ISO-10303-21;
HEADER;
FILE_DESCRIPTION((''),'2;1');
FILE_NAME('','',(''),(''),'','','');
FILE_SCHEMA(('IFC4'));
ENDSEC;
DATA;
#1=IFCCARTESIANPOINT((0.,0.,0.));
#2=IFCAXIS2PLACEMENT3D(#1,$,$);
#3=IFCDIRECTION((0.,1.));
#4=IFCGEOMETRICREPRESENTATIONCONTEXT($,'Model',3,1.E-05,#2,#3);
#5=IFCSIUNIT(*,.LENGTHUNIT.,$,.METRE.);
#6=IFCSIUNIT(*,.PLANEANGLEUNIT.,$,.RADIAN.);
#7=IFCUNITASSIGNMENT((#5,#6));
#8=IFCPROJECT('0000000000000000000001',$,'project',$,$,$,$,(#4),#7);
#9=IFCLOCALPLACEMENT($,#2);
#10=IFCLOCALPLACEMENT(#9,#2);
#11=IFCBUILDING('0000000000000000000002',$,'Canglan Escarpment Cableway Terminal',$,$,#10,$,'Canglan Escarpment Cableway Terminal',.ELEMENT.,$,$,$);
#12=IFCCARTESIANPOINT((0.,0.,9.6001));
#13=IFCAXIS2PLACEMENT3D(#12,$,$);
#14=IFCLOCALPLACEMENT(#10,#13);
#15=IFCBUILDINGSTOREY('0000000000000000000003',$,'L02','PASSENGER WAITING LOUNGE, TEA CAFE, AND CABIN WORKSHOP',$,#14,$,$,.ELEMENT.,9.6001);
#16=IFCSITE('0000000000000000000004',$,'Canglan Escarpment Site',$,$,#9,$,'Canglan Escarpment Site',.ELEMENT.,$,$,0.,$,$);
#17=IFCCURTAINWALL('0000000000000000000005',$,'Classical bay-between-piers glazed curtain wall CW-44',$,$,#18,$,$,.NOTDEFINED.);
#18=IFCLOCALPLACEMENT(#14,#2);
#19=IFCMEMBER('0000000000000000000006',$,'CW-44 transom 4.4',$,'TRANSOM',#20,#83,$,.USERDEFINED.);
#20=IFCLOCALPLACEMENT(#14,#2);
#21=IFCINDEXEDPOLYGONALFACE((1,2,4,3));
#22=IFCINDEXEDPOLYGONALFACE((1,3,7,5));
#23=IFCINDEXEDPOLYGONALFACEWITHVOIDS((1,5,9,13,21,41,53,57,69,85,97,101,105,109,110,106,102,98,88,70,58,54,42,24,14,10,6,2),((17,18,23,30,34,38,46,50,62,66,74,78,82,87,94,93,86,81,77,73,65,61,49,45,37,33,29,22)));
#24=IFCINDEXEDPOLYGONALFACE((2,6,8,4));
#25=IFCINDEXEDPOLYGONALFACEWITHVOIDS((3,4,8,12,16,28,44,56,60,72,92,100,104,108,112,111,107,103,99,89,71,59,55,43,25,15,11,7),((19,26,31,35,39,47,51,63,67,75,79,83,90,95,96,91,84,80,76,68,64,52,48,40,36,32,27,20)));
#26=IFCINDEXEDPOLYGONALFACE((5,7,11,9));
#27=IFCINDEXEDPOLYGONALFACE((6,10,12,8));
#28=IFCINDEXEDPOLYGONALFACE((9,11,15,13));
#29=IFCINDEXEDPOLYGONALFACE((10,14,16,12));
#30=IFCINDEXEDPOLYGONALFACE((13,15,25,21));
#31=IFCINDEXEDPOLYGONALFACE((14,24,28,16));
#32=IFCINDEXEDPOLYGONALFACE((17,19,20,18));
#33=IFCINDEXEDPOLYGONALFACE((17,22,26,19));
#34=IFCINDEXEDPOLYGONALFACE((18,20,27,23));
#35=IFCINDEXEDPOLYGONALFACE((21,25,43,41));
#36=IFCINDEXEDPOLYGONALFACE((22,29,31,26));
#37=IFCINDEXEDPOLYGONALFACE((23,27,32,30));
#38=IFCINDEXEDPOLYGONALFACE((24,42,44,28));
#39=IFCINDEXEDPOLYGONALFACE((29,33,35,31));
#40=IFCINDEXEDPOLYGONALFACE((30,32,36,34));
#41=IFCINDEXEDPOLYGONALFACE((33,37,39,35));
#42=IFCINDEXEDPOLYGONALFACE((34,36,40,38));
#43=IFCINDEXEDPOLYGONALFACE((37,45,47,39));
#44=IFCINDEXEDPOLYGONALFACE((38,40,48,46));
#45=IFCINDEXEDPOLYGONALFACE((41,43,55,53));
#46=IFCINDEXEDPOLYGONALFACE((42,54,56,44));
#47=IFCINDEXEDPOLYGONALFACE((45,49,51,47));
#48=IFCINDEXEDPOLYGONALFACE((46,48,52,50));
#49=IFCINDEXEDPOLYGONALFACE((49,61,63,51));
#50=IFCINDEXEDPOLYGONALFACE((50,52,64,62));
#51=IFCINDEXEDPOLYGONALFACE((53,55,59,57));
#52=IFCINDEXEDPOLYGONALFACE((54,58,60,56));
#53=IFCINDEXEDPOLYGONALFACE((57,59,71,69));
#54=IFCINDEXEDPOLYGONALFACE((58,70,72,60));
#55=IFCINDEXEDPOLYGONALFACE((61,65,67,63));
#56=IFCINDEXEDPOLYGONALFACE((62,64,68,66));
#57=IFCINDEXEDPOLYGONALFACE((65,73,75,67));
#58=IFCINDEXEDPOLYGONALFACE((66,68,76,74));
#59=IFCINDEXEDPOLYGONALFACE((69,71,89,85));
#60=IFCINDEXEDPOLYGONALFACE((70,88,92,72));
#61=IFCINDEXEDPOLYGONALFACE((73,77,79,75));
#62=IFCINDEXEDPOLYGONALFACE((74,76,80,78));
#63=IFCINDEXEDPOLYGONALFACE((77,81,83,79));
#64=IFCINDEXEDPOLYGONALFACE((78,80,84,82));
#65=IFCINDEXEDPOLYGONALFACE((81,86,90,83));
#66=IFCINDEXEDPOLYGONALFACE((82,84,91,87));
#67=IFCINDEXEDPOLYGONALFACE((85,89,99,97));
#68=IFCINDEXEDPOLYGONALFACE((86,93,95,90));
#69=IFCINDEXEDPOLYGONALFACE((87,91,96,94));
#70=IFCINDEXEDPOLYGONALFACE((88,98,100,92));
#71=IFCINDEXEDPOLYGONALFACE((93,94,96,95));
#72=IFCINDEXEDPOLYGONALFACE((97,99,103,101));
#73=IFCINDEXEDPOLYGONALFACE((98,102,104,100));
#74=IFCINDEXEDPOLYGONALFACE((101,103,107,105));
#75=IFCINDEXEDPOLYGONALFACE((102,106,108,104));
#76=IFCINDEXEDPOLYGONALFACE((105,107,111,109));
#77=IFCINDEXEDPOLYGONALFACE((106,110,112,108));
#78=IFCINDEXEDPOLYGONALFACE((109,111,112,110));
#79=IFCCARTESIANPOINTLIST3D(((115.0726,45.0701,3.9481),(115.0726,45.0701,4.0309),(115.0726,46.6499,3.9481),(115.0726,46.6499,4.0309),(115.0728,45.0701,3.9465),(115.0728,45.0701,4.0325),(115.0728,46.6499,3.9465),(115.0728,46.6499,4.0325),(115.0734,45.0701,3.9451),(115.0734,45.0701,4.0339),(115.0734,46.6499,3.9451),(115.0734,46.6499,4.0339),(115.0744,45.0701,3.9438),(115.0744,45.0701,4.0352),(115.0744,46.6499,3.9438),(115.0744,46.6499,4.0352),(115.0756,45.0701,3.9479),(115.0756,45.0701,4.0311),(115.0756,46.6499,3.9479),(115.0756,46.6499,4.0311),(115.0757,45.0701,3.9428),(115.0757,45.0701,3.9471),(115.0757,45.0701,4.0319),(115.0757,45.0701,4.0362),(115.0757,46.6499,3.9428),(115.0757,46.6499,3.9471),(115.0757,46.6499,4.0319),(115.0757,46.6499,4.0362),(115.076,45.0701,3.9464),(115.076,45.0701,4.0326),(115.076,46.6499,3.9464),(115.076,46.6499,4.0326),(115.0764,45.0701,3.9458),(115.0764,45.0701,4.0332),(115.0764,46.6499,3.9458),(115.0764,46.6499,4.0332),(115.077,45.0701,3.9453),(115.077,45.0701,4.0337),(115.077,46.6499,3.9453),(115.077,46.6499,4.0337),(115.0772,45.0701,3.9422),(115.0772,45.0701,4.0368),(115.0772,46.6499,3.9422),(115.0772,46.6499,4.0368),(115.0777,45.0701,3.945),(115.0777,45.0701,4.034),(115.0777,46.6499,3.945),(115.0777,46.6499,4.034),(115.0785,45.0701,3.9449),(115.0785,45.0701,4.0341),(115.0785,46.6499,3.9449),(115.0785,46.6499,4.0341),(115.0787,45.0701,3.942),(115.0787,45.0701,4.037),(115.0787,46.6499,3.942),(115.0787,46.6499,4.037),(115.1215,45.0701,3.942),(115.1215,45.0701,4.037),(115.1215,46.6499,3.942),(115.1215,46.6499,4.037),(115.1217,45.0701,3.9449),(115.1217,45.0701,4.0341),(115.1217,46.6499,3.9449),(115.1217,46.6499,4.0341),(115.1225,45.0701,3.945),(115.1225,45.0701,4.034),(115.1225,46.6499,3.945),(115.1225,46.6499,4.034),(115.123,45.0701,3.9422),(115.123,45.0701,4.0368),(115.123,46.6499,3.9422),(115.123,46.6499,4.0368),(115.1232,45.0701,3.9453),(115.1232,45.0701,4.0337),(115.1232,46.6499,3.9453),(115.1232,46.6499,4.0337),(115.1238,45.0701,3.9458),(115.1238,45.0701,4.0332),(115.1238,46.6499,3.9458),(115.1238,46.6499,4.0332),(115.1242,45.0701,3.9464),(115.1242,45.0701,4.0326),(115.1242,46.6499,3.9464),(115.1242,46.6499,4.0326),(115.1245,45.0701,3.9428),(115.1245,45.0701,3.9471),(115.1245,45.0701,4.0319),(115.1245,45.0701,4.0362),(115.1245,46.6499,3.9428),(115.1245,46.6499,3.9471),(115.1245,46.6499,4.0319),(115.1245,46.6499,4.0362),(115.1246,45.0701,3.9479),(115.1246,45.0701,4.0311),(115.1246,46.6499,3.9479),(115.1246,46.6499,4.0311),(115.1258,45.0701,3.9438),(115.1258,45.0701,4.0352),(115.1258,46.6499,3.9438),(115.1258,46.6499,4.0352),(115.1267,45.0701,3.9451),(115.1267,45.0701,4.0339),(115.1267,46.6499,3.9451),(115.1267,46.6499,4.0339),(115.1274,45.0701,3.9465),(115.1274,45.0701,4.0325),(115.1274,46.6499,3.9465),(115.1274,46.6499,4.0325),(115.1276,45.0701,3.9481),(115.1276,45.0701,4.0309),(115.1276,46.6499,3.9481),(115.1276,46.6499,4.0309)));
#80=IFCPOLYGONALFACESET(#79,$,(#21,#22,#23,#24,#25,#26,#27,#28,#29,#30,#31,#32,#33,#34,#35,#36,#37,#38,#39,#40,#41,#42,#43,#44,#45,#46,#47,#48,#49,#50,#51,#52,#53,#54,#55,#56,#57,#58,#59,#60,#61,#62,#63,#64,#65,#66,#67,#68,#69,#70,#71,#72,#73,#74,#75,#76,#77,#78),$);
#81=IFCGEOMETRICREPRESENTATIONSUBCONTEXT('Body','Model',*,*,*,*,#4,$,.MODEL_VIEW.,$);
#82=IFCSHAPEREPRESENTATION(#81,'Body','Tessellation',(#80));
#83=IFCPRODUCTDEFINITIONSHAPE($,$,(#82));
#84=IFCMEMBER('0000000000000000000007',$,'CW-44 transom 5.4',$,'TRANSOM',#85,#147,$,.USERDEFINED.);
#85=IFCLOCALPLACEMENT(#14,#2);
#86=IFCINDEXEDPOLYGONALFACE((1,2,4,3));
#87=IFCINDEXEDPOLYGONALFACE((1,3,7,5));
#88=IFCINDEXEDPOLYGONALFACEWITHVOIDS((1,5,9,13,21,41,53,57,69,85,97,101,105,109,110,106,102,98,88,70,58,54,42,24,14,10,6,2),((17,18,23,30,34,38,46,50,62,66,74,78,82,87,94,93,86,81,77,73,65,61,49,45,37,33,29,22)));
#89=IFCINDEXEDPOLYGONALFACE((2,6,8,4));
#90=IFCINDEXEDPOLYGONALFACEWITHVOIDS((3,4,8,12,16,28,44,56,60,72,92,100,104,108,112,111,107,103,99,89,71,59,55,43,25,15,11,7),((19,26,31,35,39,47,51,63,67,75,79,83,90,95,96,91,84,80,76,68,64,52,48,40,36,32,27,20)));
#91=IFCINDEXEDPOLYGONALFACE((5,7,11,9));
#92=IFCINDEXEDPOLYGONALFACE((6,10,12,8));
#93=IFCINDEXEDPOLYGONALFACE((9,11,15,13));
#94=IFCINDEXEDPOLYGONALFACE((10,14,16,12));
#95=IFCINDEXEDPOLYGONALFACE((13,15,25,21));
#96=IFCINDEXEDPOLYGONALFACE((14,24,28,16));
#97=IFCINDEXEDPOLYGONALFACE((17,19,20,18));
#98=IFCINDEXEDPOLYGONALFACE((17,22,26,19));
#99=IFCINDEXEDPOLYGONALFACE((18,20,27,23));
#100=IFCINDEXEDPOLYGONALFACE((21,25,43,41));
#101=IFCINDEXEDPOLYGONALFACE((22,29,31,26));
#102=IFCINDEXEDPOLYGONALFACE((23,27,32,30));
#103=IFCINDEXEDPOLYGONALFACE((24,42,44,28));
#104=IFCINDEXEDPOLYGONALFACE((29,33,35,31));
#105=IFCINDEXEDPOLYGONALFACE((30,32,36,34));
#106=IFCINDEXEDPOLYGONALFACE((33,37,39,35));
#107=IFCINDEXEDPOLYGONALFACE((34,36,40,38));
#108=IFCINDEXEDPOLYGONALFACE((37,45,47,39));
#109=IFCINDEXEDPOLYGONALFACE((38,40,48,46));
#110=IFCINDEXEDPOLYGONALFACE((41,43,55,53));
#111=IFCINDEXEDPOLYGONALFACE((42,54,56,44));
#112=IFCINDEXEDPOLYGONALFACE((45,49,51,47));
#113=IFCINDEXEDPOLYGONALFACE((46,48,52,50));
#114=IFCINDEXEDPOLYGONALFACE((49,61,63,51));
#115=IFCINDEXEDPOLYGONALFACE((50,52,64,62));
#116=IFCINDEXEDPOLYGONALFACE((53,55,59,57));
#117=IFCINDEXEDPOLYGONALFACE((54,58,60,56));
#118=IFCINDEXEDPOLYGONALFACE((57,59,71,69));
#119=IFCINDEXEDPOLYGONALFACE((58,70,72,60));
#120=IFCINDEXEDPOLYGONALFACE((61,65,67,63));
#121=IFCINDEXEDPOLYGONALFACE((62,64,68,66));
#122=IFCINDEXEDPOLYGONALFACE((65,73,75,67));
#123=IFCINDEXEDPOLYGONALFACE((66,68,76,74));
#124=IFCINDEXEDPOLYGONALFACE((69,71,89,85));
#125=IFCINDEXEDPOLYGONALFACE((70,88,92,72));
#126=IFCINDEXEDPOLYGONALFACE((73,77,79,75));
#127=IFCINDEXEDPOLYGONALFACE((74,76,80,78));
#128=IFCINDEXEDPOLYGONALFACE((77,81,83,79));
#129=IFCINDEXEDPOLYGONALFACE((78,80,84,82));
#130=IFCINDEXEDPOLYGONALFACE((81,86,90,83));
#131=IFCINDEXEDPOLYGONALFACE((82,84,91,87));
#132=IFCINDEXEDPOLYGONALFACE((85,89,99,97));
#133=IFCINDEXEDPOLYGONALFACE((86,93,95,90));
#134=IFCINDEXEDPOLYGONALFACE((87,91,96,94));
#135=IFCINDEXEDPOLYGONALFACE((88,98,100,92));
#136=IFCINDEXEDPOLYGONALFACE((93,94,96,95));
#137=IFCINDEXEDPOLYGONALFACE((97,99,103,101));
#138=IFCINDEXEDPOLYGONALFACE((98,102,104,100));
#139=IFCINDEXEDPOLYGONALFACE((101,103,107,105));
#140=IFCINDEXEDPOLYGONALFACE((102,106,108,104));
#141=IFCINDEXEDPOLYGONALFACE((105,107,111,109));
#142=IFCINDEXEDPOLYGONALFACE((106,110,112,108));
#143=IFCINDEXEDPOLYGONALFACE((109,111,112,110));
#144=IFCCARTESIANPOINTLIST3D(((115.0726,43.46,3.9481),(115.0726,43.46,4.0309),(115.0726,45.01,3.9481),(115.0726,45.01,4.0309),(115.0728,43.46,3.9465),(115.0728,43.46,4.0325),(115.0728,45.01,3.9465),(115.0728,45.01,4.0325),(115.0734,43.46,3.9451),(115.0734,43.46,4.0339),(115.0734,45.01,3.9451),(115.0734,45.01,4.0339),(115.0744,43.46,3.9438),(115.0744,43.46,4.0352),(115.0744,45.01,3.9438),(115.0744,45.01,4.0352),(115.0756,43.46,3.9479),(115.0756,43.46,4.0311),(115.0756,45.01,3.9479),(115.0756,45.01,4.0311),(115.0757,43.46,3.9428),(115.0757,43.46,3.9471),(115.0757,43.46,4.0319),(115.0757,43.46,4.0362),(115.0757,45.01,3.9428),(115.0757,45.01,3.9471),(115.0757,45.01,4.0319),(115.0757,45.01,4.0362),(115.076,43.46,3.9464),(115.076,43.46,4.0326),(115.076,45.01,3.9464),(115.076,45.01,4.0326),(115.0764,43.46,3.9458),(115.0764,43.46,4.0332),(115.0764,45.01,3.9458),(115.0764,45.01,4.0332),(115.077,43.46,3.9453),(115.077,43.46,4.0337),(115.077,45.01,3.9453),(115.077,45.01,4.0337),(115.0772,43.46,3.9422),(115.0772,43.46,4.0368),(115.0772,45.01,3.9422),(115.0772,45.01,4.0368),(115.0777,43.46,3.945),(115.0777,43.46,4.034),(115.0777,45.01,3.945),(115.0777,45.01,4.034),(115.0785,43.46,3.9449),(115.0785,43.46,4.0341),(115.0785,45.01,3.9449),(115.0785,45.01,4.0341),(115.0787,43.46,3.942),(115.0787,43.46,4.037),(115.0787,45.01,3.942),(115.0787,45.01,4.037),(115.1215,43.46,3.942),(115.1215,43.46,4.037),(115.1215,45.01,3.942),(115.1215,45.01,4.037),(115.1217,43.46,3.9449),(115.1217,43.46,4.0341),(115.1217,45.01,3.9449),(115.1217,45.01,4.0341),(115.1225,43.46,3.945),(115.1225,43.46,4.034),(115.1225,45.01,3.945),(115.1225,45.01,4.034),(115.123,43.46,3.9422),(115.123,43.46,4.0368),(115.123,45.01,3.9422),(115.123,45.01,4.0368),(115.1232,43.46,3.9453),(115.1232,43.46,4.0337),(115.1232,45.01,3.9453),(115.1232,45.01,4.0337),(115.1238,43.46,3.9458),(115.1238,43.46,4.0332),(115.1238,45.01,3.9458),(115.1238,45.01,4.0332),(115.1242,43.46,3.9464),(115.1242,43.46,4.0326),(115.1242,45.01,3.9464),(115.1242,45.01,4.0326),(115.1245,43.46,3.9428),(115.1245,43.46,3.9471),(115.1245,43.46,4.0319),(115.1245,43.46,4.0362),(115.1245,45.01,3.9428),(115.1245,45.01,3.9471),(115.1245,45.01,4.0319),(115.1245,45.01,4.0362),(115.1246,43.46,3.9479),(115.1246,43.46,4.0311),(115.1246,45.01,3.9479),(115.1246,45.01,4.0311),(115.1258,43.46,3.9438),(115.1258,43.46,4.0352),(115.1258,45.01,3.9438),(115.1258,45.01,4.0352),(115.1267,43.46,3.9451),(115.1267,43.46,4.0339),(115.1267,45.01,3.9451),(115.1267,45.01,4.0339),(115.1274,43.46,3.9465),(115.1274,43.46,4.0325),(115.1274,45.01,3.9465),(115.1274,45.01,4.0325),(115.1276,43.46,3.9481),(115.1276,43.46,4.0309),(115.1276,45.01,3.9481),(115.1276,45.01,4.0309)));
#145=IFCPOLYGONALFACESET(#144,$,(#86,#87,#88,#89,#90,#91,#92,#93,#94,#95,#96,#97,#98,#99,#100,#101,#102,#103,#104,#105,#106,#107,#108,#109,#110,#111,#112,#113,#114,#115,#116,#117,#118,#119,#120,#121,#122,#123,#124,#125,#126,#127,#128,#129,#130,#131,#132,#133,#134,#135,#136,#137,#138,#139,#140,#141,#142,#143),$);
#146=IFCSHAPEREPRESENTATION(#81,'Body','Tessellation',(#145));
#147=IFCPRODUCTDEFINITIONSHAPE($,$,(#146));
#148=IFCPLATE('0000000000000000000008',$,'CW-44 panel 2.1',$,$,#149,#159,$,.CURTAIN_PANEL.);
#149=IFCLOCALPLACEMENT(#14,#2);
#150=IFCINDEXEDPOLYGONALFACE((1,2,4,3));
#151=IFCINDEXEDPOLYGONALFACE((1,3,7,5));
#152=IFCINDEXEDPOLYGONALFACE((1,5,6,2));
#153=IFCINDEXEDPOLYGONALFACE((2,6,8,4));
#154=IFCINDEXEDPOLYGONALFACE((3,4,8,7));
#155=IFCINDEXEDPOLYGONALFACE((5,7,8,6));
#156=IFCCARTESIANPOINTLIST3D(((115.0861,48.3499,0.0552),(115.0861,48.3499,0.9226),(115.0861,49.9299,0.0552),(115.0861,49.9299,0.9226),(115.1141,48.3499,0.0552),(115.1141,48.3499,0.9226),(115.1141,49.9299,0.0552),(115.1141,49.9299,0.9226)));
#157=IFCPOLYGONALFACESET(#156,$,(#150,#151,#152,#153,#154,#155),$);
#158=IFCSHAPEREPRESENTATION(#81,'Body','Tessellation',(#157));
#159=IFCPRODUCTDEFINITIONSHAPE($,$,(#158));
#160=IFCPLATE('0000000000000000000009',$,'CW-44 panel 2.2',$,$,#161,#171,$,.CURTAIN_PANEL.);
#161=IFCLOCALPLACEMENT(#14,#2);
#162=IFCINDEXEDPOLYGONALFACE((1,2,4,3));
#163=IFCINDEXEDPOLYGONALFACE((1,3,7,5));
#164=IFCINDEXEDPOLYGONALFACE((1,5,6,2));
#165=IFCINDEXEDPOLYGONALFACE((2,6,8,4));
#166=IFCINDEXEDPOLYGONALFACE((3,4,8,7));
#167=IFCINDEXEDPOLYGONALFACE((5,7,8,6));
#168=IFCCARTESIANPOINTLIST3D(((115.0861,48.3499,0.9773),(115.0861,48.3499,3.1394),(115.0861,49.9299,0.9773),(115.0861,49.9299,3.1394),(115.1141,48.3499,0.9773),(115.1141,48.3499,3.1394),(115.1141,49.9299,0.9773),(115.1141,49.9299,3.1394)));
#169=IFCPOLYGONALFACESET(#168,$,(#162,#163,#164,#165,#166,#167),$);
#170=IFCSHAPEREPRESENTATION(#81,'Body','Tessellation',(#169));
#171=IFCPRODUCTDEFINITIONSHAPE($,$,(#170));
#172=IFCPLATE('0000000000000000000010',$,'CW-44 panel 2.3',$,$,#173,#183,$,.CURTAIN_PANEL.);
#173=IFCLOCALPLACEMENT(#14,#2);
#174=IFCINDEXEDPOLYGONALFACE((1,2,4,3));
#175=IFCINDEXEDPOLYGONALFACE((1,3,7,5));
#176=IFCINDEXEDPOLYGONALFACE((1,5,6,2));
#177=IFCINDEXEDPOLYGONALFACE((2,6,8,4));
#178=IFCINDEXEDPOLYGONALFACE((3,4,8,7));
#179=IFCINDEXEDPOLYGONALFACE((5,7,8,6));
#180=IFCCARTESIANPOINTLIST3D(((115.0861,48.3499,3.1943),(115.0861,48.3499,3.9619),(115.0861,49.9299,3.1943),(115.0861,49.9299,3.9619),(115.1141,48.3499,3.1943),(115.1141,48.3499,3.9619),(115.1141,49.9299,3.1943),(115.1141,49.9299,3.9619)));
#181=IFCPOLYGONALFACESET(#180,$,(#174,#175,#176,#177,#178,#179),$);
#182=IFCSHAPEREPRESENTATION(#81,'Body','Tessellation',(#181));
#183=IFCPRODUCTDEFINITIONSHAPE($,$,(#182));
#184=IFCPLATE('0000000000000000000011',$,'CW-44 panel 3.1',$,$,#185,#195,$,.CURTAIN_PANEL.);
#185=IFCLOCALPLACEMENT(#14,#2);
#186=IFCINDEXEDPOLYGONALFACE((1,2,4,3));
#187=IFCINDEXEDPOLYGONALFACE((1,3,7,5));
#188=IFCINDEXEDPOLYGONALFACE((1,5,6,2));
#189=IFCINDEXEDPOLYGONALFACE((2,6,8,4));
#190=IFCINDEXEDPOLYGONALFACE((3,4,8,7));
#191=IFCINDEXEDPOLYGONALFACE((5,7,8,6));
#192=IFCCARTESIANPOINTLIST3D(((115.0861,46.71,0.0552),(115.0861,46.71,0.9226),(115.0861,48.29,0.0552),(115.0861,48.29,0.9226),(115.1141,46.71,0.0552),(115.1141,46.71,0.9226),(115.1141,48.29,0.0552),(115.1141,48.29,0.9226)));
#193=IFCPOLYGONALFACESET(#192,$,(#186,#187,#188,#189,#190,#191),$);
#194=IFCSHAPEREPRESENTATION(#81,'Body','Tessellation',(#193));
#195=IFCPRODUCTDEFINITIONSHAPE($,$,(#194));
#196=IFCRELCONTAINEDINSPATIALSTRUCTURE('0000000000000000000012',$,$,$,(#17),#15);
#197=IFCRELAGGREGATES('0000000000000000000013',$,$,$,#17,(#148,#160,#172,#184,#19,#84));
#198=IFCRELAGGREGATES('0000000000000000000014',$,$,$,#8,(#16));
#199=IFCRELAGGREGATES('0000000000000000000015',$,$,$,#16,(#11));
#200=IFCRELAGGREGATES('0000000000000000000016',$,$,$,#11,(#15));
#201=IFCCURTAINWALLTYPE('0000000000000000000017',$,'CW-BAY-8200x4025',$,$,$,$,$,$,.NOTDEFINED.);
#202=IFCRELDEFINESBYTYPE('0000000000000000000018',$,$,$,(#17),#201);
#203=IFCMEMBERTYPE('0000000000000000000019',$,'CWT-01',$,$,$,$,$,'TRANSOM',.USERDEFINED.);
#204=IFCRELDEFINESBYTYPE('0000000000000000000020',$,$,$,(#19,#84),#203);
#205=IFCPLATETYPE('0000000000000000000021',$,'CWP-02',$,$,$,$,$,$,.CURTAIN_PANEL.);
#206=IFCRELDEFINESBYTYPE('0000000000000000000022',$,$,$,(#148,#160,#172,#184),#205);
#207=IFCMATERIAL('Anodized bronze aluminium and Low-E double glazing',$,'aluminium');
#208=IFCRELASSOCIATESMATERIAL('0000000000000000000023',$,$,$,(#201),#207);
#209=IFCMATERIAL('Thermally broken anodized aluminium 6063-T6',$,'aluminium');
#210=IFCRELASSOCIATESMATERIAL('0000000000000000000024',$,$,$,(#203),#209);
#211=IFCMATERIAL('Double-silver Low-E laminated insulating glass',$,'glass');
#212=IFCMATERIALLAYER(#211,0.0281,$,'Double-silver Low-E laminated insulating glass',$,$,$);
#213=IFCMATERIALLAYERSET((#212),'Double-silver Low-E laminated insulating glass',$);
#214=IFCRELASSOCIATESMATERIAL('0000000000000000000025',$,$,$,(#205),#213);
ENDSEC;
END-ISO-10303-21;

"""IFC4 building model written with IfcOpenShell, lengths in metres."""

from ifc_helpers import new_model, si_unit, direction, frame, origin, origin_2d, place, context, subcontext, project, spatial, rectangle, hollow_rectangle, extrude, material, layer, layer_set, material_profile, profile_set, type_object, element, aggregate, save


model = new_model("IFC4")

# Units and contexts
model_context = context("Model", 3, precision=1e-05, world=origin(), true_north=direction((0.0, 1.0)))
body_context = subcontext(model_context, "Body", "Model", "MODEL_VIEW")
ifc_project = project(units=[si_unit("LENGTHUNIT", "METRE"), si_unit("PLANEANGLEUNIT", "RADIAN")], contexts=[model_context])

# Site, building, storey
site_placement = place(None, origin())
site = spatial("IfcSite", under=ifc_project, at=site_placement, Name="Canglan Escarpment Site", LongName="Canglan Escarpment Site", CompositionType="ELEMENT", RefElevation=0.0)
building_placement = place(site_placement, origin())
building = spatial("IfcBuilding", under=site, at=building_placement, Name="Canglan Escarpment Cableway Terminal", LongName="Canglan Escarpment Cableway Terminal", CompositionType="ELEMENT")
storey_placement = place(building_placement, frame((0.0, 0.0, 9.6001)))
storey = spatial("IfcBuildingStorey", under=building, at=storey_placement, Name="L02", Description="PASSENGER WAITING LOUNGE, TEA CAFE, AND CABIN WORKSHOP", CompositionType="ELEMENT", Elevation=9.6001)

# Curtain wall, members, plates
ifc_material_1 = material(Name="Anodized bronze aluminium and Low-E double glazing", Category="aluminium")
curtain_wall_type = type_object("IfcCurtainWallType", Name="CW-BAY-8200x4025", PredefinedType="NOTDEFINED", material=ifc_material_1)
curtain_wall_placement = place(storey_placement, origin())
curtain_wall = element("IfcCurtainWall", 1, at=curtain_wall_placement, inside=storey, type_object=curtain_wall_type, Name="Classical bay-between-piers glazed curtain wall CW-44", PredefinedType="NOTDEFINED")
ifc_material_2 = material(Name="Thermally broken anodized aluminium 6063-T6", Category="aluminium")
ifc_material_profile_1 = material_profile(ifc_material_2, hollow_rectangle(XDim=0.0549, YDim=0.095, WallThickness=0.0029, InnerFilletRadius=0.0029, OuterFilletRadius=0.0061, at=origin_2d()), Name="ALU-TRAN 55x95x3")
ifc_profile_set_1 = profile_set([ifc_material_profile_1], Name="Thermally broken anodized aluminium 6063-T6")
member_type_1 = type_object("IfcMemberType", Name="CWT-01", ElementType="TRANSOM", PredefinedType="USERDEFINED", material=ifc_profile_set_1)
member_1_placement = place(storey_placement, frame((115.1001, 46.6499, 3.9895), z_axis=(0.0, -1.0, 0.0), x_axis=(1.0, 0.0, 0.0)))
member_1 = element("IfcMember", 2, at=member_1_placement, type_object=member_type_1, Name="CW-44 transom 4.4", ObjectType="TRANSOM", PredefinedType="USERDEFINED", context=body_context, shape_type="SweptSolid", body=[
    extrude(hollow_rectangle(XDim=0.0549, YDim=0.095, WallThickness=0.0029, InnerFilletRadius=0.0029, OuterFilletRadius=0.0061, at=origin_2d()), origin(), (0.0, 0.0, 1.0), 1.5798),
])
member_2_placement = place(storey_placement, frame((115.1001, 45.01, 3.9895), z_axis=(0.0, -1.0, 0.0), x_axis=(1.0, 0.0, 0.0)))
member_2 = element("IfcMember", 3, at=member_2_placement, type_object=member_type_1, Name="CW-44 transom 5.4", ObjectType="TRANSOM", PredefinedType="USERDEFINED", context=body_context, shape_type="SweptSolid", body=[
    extrude(hollow_rectangle(XDim=0.0549, YDim=0.095, WallThickness=0.0029, InnerFilletRadius=0.0029, OuterFilletRadius=0.0061, at=origin_2d()), origin(), (0.0, 0.0, 1.0), 1.55),
])
ifc_material_3 = material(Name="Double-silver Low-E laminated insulating glass", Category="glass")
ifc_layer_1 = layer(ifc_material_3, 0.0281, Name="Double-silver Low-E laminated insulating glass")
ifc_layer_set_1 = layer_set([ifc_layer_1], Name="Double-silver Low-E laminated insulating glass")
plate_type = type_object("IfcPlateType", Name="CWP-02", PredefinedType="CURTAIN_PANEL", material=ifc_layer_set_1)
plate_1_placement = place(storey_placement, frame((115.1001, 49.1399, 0.0552), z_axis=(0.0, 0.0, 1.0), x_axis=(0.0, -1.0, 0.0)))
plate_1 = element("IfcPlate", 4, at=plate_1_placement, type_object=plate_type, Name="CW-44 panel 2.1", PredefinedType="CURTAIN_PANEL", context=body_context, shape_type="SweptSolid", body=[
    extrude(rectangle(XDim=1.5801, YDim=0.0281, at=origin_2d()), origin(), (0.0, 0.0, 1.0), 0.8674),
])
plate_2_placement = place(storey_placement, frame((115.1001, 49.1399, 0.9773), z_axis=(0.0, 0.0, 1.0), x_axis=(0.0, -1.0, 0.0)))
plate_2 = element("IfcPlate", 5, at=plate_2_placement, type_object=plate_type, Name="CW-44 panel 2.2", PredefinedType="CURTAIN_PANEL", context=body_context, shape_type="SweptSolid", body=[
    extrude(rectangle(XDim=1.5801, YDim=0.0281, at=origin_2d()), origin(), (0.0, 0.0, 1.0), 2.1621),
])
plate_3_placement = place(storey_placement, frame((115.1001, 49.1399, 3.1943), z_axis=(0.0, 0.0, 1.0), x_axis=(0.0, -1.0, 0.0)))
plate_3 = element("IfcPlate", 6, at=plate_3_placement, type_object=plate_type, Name="CW-44 panel 2.3", PredefinedType="CURTAIN_PANEL", context=body_context, shape_type="SweptSolid", body=[
    extrude(rectangle(XDim=1.5801, YDim=0.0281, at=origin_2d()), origin(), (0.0, 0.0, 1.0), 0.7676),
])
plate_4_placement = place(storey_placement, frame((115.1001, 47.5, 0.0552), z_axis=(0.0, 0.0, 1.0), x_axis=(0.0, -1.0, 0.0)))
plate_4 = element("IfcPlate", 7, at=plate_4_placement, type_object=plate_type, Name="CW-44 panel 3.1", PredefinedType="CURTAIN_PANEL", context=body_context, shape_type="SweptSolid", body=[
    extrude(rectangle(XDim=1.5801, YDim=0.0281, at=origin_2d()), origin(), (0.0, 0.0, 1.0), 0.8674),
])
aggregate(curtain_wall, [plate_1, plate_2, plate_3, plate_4, member_1, member_2])

save(model, "model.ifc")
